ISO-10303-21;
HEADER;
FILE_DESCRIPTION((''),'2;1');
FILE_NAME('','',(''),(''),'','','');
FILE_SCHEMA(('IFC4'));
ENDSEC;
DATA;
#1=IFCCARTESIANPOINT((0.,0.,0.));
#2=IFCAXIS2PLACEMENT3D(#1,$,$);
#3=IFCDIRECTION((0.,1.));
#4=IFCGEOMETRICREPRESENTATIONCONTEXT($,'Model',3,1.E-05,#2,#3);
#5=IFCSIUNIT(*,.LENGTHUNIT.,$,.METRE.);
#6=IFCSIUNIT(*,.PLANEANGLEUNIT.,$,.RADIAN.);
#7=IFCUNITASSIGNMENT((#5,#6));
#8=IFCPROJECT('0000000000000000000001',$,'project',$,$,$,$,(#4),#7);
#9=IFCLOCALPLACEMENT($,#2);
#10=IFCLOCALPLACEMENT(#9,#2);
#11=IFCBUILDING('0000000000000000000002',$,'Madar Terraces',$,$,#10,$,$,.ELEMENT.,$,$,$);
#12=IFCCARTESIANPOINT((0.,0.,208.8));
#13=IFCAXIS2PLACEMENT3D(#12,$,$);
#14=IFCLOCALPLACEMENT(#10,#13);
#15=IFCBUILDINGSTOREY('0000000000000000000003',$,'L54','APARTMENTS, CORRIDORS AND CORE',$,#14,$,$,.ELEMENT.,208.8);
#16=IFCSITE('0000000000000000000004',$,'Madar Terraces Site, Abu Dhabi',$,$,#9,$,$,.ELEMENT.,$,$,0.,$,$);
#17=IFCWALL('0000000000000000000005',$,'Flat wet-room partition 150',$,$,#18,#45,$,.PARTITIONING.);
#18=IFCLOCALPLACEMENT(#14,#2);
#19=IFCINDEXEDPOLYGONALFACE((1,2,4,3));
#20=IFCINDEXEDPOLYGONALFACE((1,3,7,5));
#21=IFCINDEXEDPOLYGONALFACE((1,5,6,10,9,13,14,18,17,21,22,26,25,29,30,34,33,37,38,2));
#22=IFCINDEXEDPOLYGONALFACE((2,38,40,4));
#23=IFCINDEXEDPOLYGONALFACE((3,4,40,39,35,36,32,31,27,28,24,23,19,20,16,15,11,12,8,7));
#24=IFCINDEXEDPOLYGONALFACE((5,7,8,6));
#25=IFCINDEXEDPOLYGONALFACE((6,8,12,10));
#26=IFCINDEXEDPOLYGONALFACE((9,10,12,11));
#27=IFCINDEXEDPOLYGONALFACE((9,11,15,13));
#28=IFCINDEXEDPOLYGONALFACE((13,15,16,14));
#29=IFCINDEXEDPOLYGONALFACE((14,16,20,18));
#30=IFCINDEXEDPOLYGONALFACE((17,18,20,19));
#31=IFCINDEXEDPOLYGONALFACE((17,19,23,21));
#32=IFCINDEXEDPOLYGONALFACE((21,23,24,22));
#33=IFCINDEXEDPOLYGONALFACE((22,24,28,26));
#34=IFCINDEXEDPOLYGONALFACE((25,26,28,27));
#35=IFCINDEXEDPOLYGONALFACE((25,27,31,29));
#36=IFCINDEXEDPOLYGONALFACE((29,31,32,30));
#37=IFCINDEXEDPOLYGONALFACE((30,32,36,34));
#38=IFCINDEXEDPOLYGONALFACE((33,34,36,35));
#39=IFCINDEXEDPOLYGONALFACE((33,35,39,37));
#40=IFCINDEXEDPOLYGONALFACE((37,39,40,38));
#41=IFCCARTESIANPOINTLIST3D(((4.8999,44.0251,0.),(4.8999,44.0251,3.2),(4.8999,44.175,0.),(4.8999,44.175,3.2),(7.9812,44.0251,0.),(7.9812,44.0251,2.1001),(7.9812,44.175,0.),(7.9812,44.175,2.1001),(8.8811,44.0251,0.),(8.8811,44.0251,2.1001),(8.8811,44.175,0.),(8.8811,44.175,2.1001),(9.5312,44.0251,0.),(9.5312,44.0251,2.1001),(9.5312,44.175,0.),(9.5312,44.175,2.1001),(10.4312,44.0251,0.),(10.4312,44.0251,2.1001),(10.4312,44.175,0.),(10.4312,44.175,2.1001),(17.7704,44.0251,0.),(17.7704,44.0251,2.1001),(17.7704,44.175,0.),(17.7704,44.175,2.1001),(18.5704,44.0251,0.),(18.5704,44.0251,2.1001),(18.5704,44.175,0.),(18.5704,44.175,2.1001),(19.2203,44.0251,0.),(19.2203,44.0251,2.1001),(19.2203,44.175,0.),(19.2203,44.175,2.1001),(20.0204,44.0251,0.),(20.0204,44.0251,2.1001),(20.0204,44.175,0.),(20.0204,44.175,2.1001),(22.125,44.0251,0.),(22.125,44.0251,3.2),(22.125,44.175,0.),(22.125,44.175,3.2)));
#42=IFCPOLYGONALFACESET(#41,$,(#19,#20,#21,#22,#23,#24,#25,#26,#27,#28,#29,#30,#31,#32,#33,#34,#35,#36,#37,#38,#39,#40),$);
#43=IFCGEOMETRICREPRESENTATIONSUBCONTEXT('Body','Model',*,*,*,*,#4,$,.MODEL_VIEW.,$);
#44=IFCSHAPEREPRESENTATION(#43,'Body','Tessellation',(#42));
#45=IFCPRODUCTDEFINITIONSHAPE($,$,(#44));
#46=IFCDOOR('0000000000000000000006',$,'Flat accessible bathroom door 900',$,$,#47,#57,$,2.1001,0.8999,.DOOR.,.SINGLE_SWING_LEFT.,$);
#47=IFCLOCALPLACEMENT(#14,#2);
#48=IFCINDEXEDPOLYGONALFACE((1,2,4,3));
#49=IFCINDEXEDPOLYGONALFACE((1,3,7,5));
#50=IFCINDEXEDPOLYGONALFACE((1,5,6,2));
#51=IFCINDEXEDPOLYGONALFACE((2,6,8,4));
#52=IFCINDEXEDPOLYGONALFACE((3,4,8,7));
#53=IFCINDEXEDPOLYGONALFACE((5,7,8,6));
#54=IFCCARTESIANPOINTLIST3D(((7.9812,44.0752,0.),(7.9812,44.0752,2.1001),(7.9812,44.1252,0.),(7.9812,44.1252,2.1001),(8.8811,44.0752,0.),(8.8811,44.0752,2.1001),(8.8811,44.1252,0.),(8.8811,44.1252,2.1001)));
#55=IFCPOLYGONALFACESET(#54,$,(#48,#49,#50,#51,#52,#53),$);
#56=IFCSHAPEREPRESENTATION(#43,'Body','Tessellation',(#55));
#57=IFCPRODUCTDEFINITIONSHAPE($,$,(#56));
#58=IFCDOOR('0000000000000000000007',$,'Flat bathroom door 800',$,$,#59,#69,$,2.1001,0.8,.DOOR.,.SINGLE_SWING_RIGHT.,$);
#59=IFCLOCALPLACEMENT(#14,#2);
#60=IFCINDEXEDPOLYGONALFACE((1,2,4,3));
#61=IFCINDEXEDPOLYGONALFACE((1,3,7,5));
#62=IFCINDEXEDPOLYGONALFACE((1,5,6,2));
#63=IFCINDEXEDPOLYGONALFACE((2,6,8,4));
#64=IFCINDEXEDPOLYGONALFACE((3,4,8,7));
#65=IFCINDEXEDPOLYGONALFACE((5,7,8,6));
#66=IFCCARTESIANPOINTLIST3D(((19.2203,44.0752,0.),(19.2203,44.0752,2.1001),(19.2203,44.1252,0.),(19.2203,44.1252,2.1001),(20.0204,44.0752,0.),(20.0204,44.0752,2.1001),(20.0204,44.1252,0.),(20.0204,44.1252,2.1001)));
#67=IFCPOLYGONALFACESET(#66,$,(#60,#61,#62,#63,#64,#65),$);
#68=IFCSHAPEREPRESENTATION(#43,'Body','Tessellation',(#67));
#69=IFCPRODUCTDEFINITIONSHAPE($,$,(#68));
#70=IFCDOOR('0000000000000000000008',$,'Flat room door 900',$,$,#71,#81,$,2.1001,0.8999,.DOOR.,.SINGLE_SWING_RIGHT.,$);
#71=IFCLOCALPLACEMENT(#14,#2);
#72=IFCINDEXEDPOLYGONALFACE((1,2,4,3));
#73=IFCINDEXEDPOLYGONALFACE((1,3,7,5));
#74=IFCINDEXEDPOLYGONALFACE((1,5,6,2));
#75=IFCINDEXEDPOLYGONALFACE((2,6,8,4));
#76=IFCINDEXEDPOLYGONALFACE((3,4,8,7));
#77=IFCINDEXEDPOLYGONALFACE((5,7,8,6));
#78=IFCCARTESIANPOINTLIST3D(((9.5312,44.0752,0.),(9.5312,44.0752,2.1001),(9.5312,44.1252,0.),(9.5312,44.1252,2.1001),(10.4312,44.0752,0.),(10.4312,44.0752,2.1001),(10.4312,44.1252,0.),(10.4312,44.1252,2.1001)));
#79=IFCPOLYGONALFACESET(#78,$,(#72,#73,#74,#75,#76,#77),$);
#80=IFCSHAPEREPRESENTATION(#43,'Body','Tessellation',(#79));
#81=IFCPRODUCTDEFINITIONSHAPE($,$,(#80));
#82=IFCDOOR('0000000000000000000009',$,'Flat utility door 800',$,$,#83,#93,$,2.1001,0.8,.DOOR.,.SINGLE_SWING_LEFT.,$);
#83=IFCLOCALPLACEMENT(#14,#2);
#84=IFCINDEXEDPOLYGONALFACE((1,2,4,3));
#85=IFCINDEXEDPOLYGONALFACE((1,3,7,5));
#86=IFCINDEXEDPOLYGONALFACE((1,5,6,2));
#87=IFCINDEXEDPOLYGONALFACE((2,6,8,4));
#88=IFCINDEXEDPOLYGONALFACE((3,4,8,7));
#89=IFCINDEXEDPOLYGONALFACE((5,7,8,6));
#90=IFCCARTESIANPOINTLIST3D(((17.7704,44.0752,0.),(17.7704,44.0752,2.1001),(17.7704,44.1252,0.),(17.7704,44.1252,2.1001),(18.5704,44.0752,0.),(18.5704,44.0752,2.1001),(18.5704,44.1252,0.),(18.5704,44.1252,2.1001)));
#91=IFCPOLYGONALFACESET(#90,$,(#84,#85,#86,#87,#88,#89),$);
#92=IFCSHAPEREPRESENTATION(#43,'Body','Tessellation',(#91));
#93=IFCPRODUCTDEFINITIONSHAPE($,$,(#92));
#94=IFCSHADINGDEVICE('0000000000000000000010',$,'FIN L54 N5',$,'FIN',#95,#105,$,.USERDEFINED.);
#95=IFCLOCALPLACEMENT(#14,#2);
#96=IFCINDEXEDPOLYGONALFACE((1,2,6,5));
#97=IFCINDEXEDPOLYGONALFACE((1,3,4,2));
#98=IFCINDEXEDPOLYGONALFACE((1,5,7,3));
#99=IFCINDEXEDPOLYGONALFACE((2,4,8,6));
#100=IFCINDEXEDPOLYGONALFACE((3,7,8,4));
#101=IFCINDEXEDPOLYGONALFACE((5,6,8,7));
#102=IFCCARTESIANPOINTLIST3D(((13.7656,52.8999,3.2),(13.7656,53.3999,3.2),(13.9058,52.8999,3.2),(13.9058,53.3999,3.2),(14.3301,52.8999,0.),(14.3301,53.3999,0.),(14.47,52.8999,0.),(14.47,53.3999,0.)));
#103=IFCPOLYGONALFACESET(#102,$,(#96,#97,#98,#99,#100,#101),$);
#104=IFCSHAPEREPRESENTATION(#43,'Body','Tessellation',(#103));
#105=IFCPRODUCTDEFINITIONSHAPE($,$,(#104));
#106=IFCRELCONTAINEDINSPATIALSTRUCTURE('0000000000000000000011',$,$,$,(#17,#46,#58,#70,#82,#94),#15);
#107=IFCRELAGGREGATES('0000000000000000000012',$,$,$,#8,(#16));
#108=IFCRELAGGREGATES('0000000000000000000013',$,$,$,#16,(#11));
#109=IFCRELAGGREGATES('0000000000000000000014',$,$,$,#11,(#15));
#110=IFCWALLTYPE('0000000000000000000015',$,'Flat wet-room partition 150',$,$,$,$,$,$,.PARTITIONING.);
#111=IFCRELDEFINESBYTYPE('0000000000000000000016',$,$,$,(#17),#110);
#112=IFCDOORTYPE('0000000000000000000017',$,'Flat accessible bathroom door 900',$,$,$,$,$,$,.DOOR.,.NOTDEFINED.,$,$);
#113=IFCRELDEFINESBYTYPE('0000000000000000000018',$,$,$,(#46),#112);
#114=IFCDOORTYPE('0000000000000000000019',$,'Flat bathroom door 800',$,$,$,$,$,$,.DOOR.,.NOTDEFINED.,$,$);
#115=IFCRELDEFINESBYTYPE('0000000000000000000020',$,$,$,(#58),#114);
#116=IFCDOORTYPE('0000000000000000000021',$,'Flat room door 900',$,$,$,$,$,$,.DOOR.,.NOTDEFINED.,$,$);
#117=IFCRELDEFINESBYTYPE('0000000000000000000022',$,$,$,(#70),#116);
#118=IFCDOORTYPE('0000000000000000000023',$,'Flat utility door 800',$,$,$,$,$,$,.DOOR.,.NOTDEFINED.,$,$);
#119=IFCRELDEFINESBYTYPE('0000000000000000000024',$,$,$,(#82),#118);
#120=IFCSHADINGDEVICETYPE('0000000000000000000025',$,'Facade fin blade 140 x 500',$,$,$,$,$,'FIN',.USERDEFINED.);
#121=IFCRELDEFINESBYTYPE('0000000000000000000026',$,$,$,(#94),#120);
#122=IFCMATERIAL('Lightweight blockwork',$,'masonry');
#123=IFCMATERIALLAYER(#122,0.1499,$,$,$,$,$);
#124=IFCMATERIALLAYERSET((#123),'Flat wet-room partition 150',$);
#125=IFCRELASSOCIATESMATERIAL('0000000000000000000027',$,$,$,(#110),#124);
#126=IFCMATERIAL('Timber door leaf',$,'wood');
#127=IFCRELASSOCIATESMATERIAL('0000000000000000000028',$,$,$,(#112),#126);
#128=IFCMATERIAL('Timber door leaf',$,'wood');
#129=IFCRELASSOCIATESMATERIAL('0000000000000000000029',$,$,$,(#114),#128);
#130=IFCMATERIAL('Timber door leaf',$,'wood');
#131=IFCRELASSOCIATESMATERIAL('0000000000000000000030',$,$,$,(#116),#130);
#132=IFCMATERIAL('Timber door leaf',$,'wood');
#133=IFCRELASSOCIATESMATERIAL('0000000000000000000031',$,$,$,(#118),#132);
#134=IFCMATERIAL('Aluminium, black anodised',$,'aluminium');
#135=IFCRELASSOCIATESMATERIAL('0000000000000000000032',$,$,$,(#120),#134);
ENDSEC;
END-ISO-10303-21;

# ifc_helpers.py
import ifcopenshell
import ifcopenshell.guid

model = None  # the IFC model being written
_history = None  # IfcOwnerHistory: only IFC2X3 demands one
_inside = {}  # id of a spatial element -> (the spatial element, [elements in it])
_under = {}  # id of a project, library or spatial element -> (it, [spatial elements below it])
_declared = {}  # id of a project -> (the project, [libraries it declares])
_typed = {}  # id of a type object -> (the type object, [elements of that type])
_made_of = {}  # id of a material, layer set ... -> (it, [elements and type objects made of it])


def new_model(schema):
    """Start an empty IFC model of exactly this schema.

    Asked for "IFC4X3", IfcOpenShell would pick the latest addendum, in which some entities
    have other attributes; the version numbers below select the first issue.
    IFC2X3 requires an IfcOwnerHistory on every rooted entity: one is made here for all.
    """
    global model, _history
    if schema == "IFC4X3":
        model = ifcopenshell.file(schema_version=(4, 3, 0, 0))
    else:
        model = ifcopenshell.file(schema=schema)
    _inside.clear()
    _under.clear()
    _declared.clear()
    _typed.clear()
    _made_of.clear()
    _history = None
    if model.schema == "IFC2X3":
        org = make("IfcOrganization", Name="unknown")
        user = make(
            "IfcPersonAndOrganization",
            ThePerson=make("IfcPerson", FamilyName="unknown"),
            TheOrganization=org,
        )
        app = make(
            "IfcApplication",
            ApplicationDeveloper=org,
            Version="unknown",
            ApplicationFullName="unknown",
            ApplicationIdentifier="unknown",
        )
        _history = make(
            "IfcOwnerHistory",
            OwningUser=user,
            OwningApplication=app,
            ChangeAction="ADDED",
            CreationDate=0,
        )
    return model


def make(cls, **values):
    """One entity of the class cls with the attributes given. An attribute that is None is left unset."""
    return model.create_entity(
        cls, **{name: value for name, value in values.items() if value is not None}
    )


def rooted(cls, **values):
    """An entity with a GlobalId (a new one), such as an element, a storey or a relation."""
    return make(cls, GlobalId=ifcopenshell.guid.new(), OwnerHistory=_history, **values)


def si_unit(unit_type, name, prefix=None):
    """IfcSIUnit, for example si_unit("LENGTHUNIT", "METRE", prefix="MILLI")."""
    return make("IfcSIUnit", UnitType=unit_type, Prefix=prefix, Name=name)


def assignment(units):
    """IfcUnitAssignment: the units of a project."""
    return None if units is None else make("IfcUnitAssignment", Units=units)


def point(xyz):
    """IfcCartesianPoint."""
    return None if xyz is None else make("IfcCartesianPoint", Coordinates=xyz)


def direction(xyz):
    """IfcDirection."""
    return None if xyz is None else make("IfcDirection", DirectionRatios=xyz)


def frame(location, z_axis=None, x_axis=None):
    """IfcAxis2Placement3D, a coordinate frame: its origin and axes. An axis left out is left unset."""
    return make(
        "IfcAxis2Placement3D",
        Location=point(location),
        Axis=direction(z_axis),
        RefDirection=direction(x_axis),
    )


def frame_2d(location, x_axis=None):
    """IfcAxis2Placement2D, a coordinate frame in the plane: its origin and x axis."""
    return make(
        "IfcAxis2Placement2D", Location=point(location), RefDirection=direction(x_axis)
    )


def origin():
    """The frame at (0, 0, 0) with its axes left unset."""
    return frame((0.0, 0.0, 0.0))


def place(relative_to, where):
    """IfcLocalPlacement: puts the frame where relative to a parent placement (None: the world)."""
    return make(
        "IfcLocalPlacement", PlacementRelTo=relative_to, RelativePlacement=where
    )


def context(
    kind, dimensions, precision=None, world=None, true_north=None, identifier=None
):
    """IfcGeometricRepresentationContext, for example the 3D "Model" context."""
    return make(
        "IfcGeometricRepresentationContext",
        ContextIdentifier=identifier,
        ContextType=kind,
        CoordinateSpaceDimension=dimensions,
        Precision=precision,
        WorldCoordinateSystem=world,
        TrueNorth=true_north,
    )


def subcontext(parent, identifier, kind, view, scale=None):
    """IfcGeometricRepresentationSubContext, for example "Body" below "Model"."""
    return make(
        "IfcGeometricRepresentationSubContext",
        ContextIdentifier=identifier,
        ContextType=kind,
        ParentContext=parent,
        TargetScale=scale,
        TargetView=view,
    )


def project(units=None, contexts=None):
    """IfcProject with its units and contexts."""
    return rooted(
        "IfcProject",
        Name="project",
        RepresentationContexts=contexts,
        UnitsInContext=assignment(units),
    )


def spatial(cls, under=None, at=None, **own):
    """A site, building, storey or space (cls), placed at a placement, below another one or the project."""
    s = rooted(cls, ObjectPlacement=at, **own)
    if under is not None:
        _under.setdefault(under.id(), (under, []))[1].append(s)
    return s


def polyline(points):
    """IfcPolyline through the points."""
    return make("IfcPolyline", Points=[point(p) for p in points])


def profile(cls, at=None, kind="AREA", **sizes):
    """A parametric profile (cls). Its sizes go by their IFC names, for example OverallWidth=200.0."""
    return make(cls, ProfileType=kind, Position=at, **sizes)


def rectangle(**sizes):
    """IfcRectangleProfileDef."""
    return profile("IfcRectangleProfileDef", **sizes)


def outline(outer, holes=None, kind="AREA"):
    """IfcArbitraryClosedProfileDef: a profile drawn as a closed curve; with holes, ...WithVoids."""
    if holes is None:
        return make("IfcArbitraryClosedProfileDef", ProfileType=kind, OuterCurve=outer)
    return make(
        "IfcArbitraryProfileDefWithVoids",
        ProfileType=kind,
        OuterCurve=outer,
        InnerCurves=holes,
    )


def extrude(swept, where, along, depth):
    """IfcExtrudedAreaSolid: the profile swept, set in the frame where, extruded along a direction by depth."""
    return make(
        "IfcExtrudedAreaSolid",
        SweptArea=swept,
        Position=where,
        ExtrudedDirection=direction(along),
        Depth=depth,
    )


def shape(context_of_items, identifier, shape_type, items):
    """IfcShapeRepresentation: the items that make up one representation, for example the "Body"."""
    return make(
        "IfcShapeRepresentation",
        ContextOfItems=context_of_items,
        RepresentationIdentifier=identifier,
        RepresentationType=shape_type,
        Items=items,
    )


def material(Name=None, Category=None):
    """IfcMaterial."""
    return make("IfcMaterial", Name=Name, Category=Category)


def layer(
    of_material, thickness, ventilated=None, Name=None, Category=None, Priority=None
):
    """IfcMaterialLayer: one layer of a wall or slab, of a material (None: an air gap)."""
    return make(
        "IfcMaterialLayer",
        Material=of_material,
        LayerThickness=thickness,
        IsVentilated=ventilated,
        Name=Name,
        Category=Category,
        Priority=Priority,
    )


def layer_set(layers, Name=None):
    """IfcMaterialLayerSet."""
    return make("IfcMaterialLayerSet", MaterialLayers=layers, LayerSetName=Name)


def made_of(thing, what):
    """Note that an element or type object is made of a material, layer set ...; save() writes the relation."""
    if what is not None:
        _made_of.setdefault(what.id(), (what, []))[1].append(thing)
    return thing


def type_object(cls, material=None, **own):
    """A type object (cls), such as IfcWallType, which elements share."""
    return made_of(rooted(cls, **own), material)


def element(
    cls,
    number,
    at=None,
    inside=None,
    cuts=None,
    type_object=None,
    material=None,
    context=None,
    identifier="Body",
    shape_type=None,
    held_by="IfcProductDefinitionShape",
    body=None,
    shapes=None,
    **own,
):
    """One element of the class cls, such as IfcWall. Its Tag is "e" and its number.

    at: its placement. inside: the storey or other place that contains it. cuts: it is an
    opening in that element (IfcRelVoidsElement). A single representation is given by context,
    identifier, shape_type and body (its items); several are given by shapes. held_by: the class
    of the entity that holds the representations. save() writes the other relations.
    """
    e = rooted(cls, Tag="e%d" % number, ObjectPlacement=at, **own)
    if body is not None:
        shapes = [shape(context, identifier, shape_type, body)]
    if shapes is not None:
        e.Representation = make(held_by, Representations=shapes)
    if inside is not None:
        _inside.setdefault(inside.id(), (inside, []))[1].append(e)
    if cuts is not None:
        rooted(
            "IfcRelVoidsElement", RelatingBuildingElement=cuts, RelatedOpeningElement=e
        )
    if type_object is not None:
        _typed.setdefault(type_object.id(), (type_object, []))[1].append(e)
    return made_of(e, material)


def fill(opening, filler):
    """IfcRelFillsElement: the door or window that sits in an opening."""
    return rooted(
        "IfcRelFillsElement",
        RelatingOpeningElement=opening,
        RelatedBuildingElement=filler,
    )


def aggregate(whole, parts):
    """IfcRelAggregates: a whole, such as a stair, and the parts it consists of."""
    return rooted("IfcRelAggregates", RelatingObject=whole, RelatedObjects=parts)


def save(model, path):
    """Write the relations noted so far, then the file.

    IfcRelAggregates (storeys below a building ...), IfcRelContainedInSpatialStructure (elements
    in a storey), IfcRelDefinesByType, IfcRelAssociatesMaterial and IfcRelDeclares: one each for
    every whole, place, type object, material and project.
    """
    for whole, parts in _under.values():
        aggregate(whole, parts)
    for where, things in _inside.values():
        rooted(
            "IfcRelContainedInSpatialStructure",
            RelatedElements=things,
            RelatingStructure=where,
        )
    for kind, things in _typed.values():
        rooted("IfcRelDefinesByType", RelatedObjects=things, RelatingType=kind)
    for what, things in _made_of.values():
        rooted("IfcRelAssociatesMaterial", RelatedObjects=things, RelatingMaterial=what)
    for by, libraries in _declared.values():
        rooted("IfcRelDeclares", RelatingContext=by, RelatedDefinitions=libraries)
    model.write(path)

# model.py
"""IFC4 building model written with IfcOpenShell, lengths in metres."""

from ifc_helpers import new_model, si_unit, direction, frame, frame_2d, origin, place, context, subcontext, project, spatial, polyline, rectangle, outline, extrude, material, layer, layer_set, type_object, element, fill, save


model = new_model("IFC4")

# Units and contexts
model_context = context("Model", 3, precision=1e-05, world=origin(), true_north=direction((0.0, 1.0)))
body_context = subcontext(model_context, "Body", "Model", "MODEL_VIEW")
ifc_project = project(units=[si_unit("LENGTHUNIT", "METRE"), si_unit("PLANEANGLEUNIT", "RADIAN")], contexts=[model_context])

# Site, building, storey
site_placement = place(None, origin())
site = spatial("IfcSite", under=ifc_project, at=site_placement, Name="Madar Terraces Site, Abu Dhabi", CompositionType="ELEMENT", RefElevation=0.0)
building_placement = place(site_placement, origin())
building = spatial("IfcBuilding", under=site, at=building_placement, Name="Madar Terraces", CompositionType="ELEMENT")
storey_placement = place(building_placement, frame((0.0, 0.0, 208.8)))
storey = spatial("IfcBuildingStorey", under=building, at=storey_placement, Name="L54", Description="APARTMENTS, CORRIDORS AND CORE", CompositionType="ELEMENT", Elevation=208.8)

# Wall, openings, doors
ifc_material_1 = material(Name="Lightweight blockwork", Category="masonry")
ifc_layer_1 = layer(ifc_material_1, 0.1499)
ifc_layer_set_1 = layer_set([ifc_layer_1], Name="Flat wet-room partition 150")
wall_type_1 = type_object("IfcWallType", Name="Flat wet-room partition 150", PredefinedType="PARTITIONING", material=ifc_layer_set_1)
wall_1_placement = place(storey_placement, frame((22.125, 44.1001, 0.0), z_axis=(0.0, 0.0, 1.0), x_axis=(-1.0, 0.0, 0.0)))
wall_1 = element("IfcWall", 1, at=wall_1_placement, inside=storey, type_object=wall_type_1, Name="Flat wet-room partition 150", PredefinedType="PARTITIONING", context=body_context, shape_type="SweptSolid", body=[
    extrude(rectangle(XDim=17.2251, YDim=0.1499, at=frame_2d((8.6125, 0.0))), origin(), (0.0, 0.0, 1.0), 3.2),
])
opening_1_placement = place(wall_1_placement, frame((2.1047, 0.0, 0.0)))
opening_1 = element("IfcOpeningElement", 2, at=opening_1_placement, cuts=wall_1, PredefinedType="OPENING", context=body_context, shape_type="SweptSolid", body=[
    extrude(rectangle(XDim=0.8, YDim=2.1001, at=frame_2d((0.3999, 1.05))), frame((0.0, 0.085, 0.0), z_axis=(0.0, -1.0, 0.0), x_axis=(1.0, 0.0, 0.0)), (0.0, 0.0, 1.0), 0.1699),
])
opening_2_placement = place(wall_1_placement, frame((3.5547, 0.0, 0.0)))
opening_2 = element("IfcOpeningElement", 3, at=opening_2_placement, cuts=wall_1, PredefinedType="OPENING", context=body_context, shape_type="SweptSolid", body=[
    extrude(rectangle(XDim=0.8, YDim=2.1001, at=frame_2d((0.3999, 1.05))), frame((0.0, 0.085, 0.0), z_axis=(0.0, -1.0, 0.0), x_axis=(1.0, 0.0, 0.0)), (0.0, 0.0, 1.0), 0.1699),
])
opening_3_placement = place(wall_1_placement, frame((11.6938, 0.0, 0.0)))
opening_3 = element("IfcOpeningElement", 4, at=opening_3_placement, cuts=wall_1, PredefinedType="OPENING", context=body_context, shape_type="SweptSolid", body=[
    extrude(rectangle(XDim=0.8999, YDim=2.1001, at=frame_2d((0.45, 1.05))), frame((0.0, 0.085, 0.0), z_axis=(0.0, -1.0, 0.0), x_axis=(1.0, 0.0, 0.0)), (0.0, 0.0, 1.0), 0.1699),
])
opening_4_placement = place(wall_1_placement, frame((13.2439, 0.0, 0.0)))
opening_4 = element("IfcOpeningElement", 5, at=opening_4_placement, cuts=wall_1, PredefinedType="OPENING", context=body_context, shape_type="SweptSolid", body=[
    extrude(rectangle(XDim=0.8999, YDim=2.1001, at=frame_2d((0.45, 1.05))), frame((0.0, 0.085, 0.0), z_axis=(0.0, -1.0, 0.0), x_axis=(1.0, 0.0, 0.0)), (0.0, 0.0, 1.0), 0.1699),
])
ifc_material_2 = material(Name="Timber door leaf", Category="wood")
door_type_1 = type_object("IfcDoorType", Name="Flat accessible bathroom door 900", OperationType="NOTDEFINED", PredefinedType="DOOR", material=ifc_material_2)
door_1_placement = place(opening_4_placement, origin())
door_1 = element("IfcDoor", 6, at=door_1_placement, inside=storey, type_object=door_type_1, Name="Flat accessible bathroom door 900", OperationType="SINGLE_SWING_LEFT", OverallHeight=2.1001, OverallWidth=0.8999, PredefinedType="DOOR", context=body_context, shape_type="SweptSolid", body=[
    extrude(rectangle(XDim=0.8999, YDim=2.1001, at=frame_2d((0.45, 1.05))), frame((0.0, 0.0249, 0.0), z_axis=(0.0, -1.0, 0.0), x_axis=(1.0, 0.0, 0.0)), (0.0, 0.0, 1.0), 0.05),
])
fill(opening_4, door_1)
ifc_material_3 = material(Name="Timber door leaf", Category="wood")
door_type_2 = type_object("IfcDoorType", Name="Flat bathroom door 800", OperationType="NOTDEFINED", PredefinedType="DOOR", material=ifc_material_3)
door_2_placement = place(opening_1_placement, origin())
door_2 = element("IfcDoor", 7, at=door_2_placement, inside=storey, type_object=door_type_2, Name="Flat bathroom door 800", OperationType="SINGLE_SWING_RIGHT", OverallHeight=2.1001, OverallWidth=0.8, PredefinedType="DOOR", context=body_context, shape_type="SweptSolid", body=[
    extrude(rectangle(XDim=0.8, YDim=2.1001, at=frame_2d((0.3999, 1.05))), frame((0.0, 0.0249, 0.0), z_axis=(0.0, -1.0, 0.0), x_axis=(1.0, 0.0, 0.0)), (0.0, 0.0, 1.0), 0.05),
])
fill(opening_1, door_2)
ifc_material_4 = material(Name="Timber door leaf", Category="wood")
door_type_3 = type_object("IfcDoorType", Name="Flat room door 900", OperationType="NOTDEFINED", PredefinedType="DOOR", material=ifc_material_4)
door_3_placement = place(opening_3_placement, origin())
door_3 = element("IfcDoor", 8, at=door_3_placement, inside=storey, type_object=door_type_3, Name="Flat room door 900", OperationType="SINGLE_SWING_RIGHT", OverallHeight=2.1001, OverallWidth=0.8999, PredefinedType="DOOR", context=body_context, shape_type="SweptSolid", body=[
    extrude(rectangle(XDim=0.8999, YDim=2.1001, at=frame_2d((0.45, 1.05))), frame((0.0, 0.0249, 0.0), z_axis=(0.0, -1.0, 0.0), x_axis=(1.0, 0.0, 0.0)), (0.0, 0.0, 1.0), 0.05),
])
fill(opening_3, door_3)
ifc_material_5 = material(Name="Timber door leaf", Category="wood")
door_type_4 = type_object("IfcDoorType", Name="Flat utility door 800", OperationType="NOTDEFINED", PredefinedType="DOOR", material=ifc_material_5)
door_4_placement = place(opening_2_placement, origin())
door_4 = element("IfcDoor", 9, at=door_4_placement, inside=storey, type_object=door_type_4, Name="Flat utility door 800", OperationType="SINGLE_SWING_LEFT", OverallHeight=2.1001, OverallWidth=0.8, PredefinedType="DOOR", context=body_context, shape_type="SweptSolid", body=[
    extrude(rectangle(XDim=0.8, YDim=2.1001, at=frame_2d((0.3999, 1.05))), frame((0.0, 0.0249, 0.0), z_axis=(0.0, -1.0, 0.0), x_axis=(1.0, 0.0, 0.0)), (0.0, 0.0, 1.0), 0.05),
])
fill(opening_2, door_4)

# Shading device
ifc_material_6 = material(Name="Aluminium, black anodised", Category="aluminium")
shading_device_type = type_object("IfcShadingDeviceType", Name="Facade fin blade 140 x 500", ElementType="FIN", PredefinedType="USERDEFINED", material=ifc_material_6)
shading_device_placement = place(storey_placement, frame((14.47, 53.1499, 0.0), z_axis=(0.0, 0.0, 1.0), x_axis=(-1.0, 0.0, 0.0)))
element("IfcShadingDevice", 10, at=shading_device_placement, inside=storey, type_object=shading_device_type, Name="FIN L54 N5", ObjectType="FIN", PredefinedType="USERDEFINED", context=body_context, shape_type="SweptSolid", body=[
    extrude(outline(polyline([(0.0, 0.0), (0.1399, 0.0), (0.7043, 3.2), (0.5642, 3.2), (0.0, 0.0)])), frame((0.0, 0.25, 0.0), z_axis=(0.0, -1.0, 0.0), x_axis=(1.0, 0.0, 0.0)), (0.0, 0.0, 1.0), 0.5),
])

save(model, "model.ifc")
